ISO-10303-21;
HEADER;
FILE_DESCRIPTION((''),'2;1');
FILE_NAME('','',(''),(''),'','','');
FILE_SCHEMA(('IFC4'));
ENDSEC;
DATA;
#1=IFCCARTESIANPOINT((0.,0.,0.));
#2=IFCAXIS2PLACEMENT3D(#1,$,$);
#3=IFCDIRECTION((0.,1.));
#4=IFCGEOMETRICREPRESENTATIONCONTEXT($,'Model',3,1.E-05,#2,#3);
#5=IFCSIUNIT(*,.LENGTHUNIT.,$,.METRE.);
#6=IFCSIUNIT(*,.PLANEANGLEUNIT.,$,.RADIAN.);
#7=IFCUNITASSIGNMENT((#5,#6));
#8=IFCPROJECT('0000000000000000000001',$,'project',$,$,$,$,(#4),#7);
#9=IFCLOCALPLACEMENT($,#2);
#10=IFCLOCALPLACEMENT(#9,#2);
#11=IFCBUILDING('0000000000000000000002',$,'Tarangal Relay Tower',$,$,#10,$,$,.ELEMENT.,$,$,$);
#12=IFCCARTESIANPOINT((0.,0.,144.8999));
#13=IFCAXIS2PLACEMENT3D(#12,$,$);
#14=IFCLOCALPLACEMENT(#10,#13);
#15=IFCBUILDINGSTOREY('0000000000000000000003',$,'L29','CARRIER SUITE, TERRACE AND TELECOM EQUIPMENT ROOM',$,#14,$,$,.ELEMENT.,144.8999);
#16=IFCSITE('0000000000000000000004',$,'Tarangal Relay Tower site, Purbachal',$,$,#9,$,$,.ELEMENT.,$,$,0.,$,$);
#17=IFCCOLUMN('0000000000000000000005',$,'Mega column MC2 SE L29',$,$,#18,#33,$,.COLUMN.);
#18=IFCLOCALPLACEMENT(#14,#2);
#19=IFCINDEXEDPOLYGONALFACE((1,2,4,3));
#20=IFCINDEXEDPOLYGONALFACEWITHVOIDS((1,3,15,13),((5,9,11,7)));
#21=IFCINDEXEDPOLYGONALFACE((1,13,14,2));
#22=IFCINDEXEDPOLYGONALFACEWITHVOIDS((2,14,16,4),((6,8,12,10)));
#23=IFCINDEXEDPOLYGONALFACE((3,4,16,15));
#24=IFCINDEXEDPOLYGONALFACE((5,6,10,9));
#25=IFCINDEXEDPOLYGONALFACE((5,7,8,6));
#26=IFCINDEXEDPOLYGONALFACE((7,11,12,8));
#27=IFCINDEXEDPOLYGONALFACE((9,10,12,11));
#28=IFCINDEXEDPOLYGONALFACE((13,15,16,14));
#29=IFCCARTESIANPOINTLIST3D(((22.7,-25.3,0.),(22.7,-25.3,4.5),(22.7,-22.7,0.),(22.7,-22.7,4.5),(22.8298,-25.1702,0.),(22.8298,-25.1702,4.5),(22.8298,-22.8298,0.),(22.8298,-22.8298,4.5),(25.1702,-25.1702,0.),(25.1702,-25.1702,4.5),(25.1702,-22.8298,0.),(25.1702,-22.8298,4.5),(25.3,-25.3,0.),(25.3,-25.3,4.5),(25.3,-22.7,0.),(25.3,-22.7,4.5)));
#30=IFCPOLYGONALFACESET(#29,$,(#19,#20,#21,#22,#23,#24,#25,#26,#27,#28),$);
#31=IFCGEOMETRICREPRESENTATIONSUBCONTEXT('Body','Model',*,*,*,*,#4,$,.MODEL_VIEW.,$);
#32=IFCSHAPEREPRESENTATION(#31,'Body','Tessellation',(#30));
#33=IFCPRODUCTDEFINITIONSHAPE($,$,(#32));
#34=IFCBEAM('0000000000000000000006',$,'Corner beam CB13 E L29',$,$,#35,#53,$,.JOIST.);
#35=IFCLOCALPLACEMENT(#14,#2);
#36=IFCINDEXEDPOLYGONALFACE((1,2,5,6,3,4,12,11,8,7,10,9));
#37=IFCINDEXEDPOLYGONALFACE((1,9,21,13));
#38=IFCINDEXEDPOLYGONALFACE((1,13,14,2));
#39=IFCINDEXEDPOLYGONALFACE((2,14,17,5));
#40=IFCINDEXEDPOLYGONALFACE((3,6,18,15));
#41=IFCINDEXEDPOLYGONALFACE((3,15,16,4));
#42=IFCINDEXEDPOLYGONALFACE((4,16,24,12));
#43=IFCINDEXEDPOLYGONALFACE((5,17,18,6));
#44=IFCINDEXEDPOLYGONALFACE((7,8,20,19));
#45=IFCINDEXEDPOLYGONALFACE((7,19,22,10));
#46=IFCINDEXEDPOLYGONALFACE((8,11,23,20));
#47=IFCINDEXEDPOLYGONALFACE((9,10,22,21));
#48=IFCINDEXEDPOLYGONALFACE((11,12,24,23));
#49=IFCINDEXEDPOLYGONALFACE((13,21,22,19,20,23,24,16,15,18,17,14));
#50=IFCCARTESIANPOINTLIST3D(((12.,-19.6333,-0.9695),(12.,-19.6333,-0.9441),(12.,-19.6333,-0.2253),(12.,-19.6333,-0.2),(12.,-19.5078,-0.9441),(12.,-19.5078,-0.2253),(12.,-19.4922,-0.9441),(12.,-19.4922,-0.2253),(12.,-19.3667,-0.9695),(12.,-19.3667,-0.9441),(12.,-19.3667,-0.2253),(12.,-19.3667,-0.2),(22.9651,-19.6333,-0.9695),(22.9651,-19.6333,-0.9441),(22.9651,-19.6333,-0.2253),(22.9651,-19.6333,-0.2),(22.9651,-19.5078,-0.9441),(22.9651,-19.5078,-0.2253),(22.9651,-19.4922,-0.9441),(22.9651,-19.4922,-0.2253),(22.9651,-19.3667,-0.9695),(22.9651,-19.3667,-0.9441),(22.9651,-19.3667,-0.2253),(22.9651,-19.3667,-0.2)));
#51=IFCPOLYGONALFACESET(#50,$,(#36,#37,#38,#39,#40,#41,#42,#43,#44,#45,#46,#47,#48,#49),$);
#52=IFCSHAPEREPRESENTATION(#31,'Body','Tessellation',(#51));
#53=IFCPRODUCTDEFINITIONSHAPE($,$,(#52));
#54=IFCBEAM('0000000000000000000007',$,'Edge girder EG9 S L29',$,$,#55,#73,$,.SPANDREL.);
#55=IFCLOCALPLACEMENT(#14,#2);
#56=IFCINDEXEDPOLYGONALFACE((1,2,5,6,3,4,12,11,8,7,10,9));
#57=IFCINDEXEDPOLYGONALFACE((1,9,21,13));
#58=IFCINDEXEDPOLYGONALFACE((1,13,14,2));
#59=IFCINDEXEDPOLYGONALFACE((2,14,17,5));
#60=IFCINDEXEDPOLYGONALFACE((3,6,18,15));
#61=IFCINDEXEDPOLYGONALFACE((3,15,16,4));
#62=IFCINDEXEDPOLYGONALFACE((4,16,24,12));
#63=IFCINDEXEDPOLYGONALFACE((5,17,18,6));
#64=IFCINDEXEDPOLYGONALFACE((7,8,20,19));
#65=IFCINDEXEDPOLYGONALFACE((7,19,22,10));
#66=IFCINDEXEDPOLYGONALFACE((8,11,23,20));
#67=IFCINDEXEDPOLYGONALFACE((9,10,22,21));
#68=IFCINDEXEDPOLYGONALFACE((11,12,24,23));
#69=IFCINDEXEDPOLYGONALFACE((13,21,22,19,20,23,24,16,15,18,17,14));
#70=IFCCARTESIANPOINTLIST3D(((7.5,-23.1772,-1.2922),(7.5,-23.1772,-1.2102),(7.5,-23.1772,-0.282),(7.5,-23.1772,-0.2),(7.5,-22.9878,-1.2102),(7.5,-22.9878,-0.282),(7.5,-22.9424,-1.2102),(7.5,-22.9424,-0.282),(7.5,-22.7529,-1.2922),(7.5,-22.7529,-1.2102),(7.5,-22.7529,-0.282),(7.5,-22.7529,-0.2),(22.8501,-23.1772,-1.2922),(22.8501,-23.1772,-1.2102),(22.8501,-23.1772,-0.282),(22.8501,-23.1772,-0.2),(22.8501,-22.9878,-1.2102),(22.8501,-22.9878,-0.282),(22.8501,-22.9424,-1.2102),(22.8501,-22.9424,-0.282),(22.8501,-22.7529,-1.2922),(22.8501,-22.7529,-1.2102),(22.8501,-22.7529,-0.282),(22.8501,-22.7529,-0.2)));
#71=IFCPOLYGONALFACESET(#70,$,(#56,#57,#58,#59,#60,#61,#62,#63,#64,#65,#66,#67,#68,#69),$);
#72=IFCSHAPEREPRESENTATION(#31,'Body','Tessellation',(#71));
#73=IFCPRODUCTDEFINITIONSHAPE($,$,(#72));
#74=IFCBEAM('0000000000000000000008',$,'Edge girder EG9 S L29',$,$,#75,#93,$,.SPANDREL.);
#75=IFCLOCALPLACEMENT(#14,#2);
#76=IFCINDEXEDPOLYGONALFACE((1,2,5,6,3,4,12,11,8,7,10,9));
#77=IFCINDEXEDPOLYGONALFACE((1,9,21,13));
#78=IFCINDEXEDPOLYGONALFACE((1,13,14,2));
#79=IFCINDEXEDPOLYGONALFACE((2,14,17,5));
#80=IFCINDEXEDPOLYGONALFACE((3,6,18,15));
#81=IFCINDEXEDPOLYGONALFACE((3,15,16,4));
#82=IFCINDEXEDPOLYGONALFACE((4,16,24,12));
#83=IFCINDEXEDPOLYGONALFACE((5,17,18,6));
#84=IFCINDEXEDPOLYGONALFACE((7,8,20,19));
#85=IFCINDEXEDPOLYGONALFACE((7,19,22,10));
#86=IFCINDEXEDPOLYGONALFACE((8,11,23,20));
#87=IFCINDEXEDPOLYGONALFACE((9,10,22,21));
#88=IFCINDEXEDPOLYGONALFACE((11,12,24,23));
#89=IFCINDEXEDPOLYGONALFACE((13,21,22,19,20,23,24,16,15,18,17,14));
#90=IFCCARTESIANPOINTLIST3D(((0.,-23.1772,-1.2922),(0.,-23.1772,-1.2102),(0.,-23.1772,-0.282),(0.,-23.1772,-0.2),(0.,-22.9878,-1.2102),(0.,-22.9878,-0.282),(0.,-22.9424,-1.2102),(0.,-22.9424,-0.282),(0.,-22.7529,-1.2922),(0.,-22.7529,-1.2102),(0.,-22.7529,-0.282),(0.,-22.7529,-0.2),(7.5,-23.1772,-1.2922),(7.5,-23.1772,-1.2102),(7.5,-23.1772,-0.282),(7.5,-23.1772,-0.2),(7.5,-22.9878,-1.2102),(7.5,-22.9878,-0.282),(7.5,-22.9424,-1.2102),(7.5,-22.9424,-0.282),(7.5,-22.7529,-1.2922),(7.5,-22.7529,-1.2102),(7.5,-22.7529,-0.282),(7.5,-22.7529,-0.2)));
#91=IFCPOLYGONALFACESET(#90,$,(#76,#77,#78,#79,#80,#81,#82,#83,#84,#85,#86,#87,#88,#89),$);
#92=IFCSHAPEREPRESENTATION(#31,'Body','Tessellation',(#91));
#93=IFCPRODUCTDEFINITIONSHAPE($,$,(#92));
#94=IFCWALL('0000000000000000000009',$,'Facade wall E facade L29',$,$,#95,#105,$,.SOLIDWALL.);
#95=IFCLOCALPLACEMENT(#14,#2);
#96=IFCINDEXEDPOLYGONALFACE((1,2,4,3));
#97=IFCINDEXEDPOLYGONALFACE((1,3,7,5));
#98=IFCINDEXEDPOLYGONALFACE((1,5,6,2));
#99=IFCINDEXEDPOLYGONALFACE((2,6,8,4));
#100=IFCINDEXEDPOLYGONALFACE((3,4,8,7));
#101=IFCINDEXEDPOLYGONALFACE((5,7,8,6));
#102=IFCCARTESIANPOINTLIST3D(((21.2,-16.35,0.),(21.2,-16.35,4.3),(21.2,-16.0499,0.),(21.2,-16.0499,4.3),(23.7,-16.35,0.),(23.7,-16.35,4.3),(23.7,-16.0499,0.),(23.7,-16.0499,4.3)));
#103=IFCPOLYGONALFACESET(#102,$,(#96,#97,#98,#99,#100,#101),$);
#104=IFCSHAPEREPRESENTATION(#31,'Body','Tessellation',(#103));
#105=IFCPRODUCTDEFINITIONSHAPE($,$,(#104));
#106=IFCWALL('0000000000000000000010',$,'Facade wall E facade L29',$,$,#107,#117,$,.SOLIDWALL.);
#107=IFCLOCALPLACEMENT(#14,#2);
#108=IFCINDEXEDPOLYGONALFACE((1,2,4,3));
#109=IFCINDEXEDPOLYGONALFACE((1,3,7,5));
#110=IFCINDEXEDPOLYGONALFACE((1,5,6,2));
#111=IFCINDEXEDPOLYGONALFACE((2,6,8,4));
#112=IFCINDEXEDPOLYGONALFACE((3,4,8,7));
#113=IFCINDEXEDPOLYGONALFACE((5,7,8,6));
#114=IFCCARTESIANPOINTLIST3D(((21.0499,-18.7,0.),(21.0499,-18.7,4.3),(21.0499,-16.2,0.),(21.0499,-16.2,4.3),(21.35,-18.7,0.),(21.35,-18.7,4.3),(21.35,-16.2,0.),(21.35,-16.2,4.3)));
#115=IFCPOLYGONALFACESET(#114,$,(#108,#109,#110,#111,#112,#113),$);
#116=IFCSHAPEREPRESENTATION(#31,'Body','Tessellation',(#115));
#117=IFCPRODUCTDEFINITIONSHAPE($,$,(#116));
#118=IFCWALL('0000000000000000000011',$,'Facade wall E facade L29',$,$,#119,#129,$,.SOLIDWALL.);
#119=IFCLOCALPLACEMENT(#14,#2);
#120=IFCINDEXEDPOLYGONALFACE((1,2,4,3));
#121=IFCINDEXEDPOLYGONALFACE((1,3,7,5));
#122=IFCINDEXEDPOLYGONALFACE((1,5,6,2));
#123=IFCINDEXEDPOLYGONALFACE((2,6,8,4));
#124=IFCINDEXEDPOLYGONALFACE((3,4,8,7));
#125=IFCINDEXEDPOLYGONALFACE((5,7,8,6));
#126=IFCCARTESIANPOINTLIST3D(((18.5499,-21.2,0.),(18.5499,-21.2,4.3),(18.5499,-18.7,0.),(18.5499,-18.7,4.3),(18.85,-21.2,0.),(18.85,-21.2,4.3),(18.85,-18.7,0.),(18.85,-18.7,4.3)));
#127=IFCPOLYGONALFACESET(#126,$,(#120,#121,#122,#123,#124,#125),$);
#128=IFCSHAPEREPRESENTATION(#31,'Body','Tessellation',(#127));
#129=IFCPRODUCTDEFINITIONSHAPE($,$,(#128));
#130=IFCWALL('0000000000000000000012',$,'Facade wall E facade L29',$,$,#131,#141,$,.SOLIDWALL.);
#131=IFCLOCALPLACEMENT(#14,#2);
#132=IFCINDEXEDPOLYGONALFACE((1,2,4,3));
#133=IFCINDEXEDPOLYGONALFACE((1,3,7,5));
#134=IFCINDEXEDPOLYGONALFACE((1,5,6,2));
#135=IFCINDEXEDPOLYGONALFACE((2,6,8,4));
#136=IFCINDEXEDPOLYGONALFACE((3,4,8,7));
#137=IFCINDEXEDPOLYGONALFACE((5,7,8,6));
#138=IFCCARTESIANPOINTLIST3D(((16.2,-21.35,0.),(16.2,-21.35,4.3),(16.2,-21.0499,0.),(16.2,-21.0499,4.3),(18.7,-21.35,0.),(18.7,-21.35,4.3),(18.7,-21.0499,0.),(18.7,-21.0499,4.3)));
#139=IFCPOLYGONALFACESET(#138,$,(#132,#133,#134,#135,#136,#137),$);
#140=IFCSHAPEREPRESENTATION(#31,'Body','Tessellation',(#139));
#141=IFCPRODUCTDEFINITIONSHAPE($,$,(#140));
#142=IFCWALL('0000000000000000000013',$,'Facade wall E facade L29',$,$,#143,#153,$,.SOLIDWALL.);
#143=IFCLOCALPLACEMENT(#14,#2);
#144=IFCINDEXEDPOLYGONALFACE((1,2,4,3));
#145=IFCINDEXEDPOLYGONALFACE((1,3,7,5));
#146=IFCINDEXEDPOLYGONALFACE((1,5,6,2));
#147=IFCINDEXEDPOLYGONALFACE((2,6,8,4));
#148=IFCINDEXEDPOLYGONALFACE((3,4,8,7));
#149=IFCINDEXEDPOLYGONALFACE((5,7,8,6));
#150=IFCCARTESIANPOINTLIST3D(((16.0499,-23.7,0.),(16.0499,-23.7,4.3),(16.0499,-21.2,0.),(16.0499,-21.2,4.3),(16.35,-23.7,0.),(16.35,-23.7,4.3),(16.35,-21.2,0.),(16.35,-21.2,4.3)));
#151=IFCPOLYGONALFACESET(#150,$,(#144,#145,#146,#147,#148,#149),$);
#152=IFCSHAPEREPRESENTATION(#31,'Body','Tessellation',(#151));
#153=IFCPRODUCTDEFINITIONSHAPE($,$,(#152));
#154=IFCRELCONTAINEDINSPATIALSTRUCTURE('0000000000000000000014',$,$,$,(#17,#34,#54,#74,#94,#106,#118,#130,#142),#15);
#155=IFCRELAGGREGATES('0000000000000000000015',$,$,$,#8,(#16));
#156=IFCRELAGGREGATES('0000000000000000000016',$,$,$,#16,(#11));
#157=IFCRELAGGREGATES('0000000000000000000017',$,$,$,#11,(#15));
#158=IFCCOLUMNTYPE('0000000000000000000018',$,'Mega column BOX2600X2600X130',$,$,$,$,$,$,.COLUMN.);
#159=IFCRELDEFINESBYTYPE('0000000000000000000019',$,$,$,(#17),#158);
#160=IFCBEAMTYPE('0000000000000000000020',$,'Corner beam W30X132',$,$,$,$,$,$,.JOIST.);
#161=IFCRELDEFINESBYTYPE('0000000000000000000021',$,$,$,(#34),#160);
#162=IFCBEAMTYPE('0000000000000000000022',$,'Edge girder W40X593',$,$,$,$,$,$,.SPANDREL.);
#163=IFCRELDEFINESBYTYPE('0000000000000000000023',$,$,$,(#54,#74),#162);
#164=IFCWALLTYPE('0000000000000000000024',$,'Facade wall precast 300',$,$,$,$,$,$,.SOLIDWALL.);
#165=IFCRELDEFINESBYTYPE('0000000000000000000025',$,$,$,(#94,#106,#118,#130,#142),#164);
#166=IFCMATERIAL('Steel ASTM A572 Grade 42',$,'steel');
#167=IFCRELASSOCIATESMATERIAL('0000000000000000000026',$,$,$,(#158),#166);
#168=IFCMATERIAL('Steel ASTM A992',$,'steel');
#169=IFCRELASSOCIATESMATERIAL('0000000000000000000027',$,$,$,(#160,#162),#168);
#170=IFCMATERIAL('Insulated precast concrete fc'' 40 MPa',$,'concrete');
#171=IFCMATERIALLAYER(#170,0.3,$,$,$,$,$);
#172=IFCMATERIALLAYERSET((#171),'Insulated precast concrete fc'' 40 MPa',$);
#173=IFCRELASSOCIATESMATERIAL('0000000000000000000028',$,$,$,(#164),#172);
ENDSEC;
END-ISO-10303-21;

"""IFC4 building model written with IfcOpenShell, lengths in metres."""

from ifc_helpers import new_model, si_unit, direction, frame, frame_2d, origin, origin_2d, place, context, subcontext, project, spatial, rectangle, hollow_rectangle, i_section, extrude, material, layer, layer_set, material_profile, profile_set, type_object, element, save


model = new_model("IFC4")

# Units and contexts
model_context = context("Model", 3, precision=1e-05, world=origin(), true_north=direction((0.0, 1.0)))
body_context = subcontext(model_context, "Body", "Model", "MODEL_VIEW")
ifc_project = project(units=[si_unit("LENGTHUNIT", "METRE"), si_unit("PLANEANGLEUNIT", "RADIAN")], contexts=[model_context])

# Site, building, storey
site_placement = place(None, origin())
site = spatial("IfcSite", under=ifc_project, at=site_placement, Name="Tarangal Relay Tower site, Purbachal", CompositionType="ELEMENT", RefElevation=0.0)
building_placement = place(site_placement, origin())
building = spatial("IfcBuilding", under=site, at=building_placement, Name="Tarangal Relay Tower", CompositionType="ELEMENT")
storey_placement = place(building_placement, frame((0.0, 0.0, 144.8999)))
storey = spatial("IfcBuildingStorey", under=building, at=storey_placement, Name="L29", Description="CARRIER SUITE, TERRACE AND TELECOM EQUIPMENT ROOM", CompositionType="ELEMENT", Elevation=144.8999)

# Column
ifc_material_1 = material(Name="Steel ASTM A572 Grade 42", Category="steel")
ifc_material_profile_1 = material_profile(ifc_material_1, hollow_rectangle(XDim=2.6001, YDim=2.6001, WallThickness=0.1299, at=origin_2d()), Name="BOX2600X2600X130")
ifc_profile_set_1 = profile_set([ifc_material_profile_1], Name="Steel ASTM A572 Grade 42")
column_type = type_object("IfcColumnType", Name="Mega column BOX2600X2600X130", PredefinedType="COLUMN", material=ifc_profile_set_1)
column_placement = place(storey_placement, frame((24.0, -24.0, 0.0), z_axis=(0.0, 0.0, 1.0), x_axis=(1.0, 0.0, 0.0)))
element("IfcColumn", 1, at=column_placement, inside=storey, type_object=column_type, Name="Mega column MC2 SE L29", PredefinedType="COLUMN", context=body_context, shape_type="SweptSolid", body=[
    extrude(hollow_rectangle(XDim=2.6001, YDim=2.6001, WallThickness=0.1299, at=origin_2d()), origin(), (0.0, 0.0, 1.0), 4.5),
])

# Beams
ifc_material_2 = material(Name="Steel ASTM A992", Category="steel")
ifc_material_profile_2 = material_profile(ifc_material_2, i_section(OverallWidth=0.2666, OverallDepth=0.7695, WebThickness=0.0156, FlangeThickness=0.0254, at=origin_2d()), Name="W30X132")
ifc_profile_set_2 = profile_set([ifc_material_profile_2], Name="Steel ASTM A992")
beam_type_1 = type_object("IfcBeamType", Name="Corner beam W30X132", PredefinedType="JOIST", material=ifc_profile_set_2)
beam_1_placement = place(storey_placement, frame((12.0, -19.5, -0.5847), z_axis=(1.0, 0.0, 0.0), x_axis=(0.0, 1.0, 0.0)))
element("IfcBeam", 2, at=beam_1_placement, inside=storey, type_object=beam_type_1, Name="Corner beam CB13 E L29", PredefinedType="JOIST", context=body_context, shape_type="SweptSolid", body=[
    extrude(i_section(OverallWidth=0.2666, OverallDepth=0.7695, WebThickness=0.0156, FlangeThickness=0.0254, at=origin_2d()), origin(), (0.0, 0.0, 1.0), 10.9651),
])
ifc_material_profile_3 = material_profile(ifc_material_2, i_section(OverallWidth=0.4243, OverallDepth=1.0923, WebThickness=0.0454, FlangeThickness=0.082, at=origin_2d()), Name="W40X593")
ifc_profile_set_3 = profile_set([ifc_material_profile_3], Name="Steel ASTM A992")
beam_type_2 = type_object("IfcBeamType", Name="Edge girder W40X593", PredefinedType="SPANDREL", material=ifc_profile_set_3)
beam_2_placement = place(storey_placement, frame((22.8501, -22.9651, -0.7461), z_axis=(-1.0, 0.0, 0.0), x_axis=(0.0, -1.0, 0.0)))
element("IfcBeam", 3, at=beam_2_placement, inside=storey, type_object=beam_type_2, Name="Edge girder EG9 S L29", PredefinedType="SPANDREL", context=body_context, shape_type="SweptSolid", body=[
    extrude(i_section(OverallWidth=0.4243, OverallDepth=1.0923, WebThickness=0.0454, FlangeThickness=0.082, at=origin_2d()), origin(), (0.0, 0.0, 1.0), 15.3501),
])
beam_3_placement = place(storey_placement, frame((7.5, -22.9651, -0.7461), z_axis=(-1.0, 0.0, 0.0), x_axis=(0.0, -1.0, 0.0)))
element("IfcBeam", 4, at=beam_3_placement, inside=storey, type_object=beam_type_2, Name="Edge girder EG9 S L29", PredefinedType="SPANDREL", context=body_context, shape_type="SweptSolid", body=[
    extrude(i_section(OverallWidth=0.4243, OverallDepth=1.0923, WebThickness=0.0454, FlangeThickness=0.082, at=origin_2d()), origin(), (0.0, 0.0, 1.0), 7.5),
])

# Walls
ifc_material_3 = material(Name="Insulated precast concrete fc' 40 MPa", Category="concrete")
ifc_layer_1 = layer(ifc_material_3, 0.3)
ifc_layer_set_1 = layer_set([ifc_layer_1], Name="Insulated precast concrete fc' 40 MPa")
wall_type_1 = type_object("IfcWallType", Name="Facade wall precast 300", PredefinedType="SOLIDWALL", material=ifc_layer_set_1)
for number, where, z_axis, x_axis, name in (
    (5, (23.7, -16.2, 0.0), (0.0, 0.0, 1.0), (-1.0, 0.0, 0.0), "Facade wall E facade L29"),
    (6, (21.2, -16.2, 0.0), (0.0, 0.0, 1.0), (0.0, -1.0, 0.0), "Facade wall E facade L29"),
):
    element("IfcWall", number, at=place(storey_placement, frame(where, z_axis=z_axis, x_axis=x_axis)), inside=storey, type_object=wall_type_1, Name=name, PredefinedType="SOLIDWALL", context=body_context, shape_type="SweptSolid", body=[
        extrude(rectangle(XDim=2.5, YDim=0.3, at=frame_2d((1.25, 0.0))), origin(), (0.0, 0.0, 1.0), 4.3),
    ])

# Walls
for number, where, z_axis, x_axis, name in (
    (7, (18.7, -18.7, 0.0), (0.0, 0.0, 1.0), (0.0, -1.0, 0.0), "Facade wall E facade L29"),
    (8, (18.7, -21.2, 0.0), (0.0, 0.0, 1.0), (-1.0, 0.0, 0.0), "Facade wall E facade L29"),
    (9, (16.2, -21.2, 0.0), (0.0, 0.0, 1.0), (0.0, -1.0, 0.0), "Facade wall E facade L29"),
):
    element("IfcWall", number, at=place(storey_placement, frame(where, z_axis=z_axis, x_axis=x_axis)), inside=storey, type_object=wall_type_1, Name=name, PredefinedType="SOLIDWALL", context=body_context, shape_type="SweptSolid", body=[
        extrude(rectangle(XDim=2.5, YDim=0.3, at=frame_2d((1.25, 0.0))), origin(), (0.0, 0.0, 1.0), 4.3),
    ])

save(model, "model.ifc")
